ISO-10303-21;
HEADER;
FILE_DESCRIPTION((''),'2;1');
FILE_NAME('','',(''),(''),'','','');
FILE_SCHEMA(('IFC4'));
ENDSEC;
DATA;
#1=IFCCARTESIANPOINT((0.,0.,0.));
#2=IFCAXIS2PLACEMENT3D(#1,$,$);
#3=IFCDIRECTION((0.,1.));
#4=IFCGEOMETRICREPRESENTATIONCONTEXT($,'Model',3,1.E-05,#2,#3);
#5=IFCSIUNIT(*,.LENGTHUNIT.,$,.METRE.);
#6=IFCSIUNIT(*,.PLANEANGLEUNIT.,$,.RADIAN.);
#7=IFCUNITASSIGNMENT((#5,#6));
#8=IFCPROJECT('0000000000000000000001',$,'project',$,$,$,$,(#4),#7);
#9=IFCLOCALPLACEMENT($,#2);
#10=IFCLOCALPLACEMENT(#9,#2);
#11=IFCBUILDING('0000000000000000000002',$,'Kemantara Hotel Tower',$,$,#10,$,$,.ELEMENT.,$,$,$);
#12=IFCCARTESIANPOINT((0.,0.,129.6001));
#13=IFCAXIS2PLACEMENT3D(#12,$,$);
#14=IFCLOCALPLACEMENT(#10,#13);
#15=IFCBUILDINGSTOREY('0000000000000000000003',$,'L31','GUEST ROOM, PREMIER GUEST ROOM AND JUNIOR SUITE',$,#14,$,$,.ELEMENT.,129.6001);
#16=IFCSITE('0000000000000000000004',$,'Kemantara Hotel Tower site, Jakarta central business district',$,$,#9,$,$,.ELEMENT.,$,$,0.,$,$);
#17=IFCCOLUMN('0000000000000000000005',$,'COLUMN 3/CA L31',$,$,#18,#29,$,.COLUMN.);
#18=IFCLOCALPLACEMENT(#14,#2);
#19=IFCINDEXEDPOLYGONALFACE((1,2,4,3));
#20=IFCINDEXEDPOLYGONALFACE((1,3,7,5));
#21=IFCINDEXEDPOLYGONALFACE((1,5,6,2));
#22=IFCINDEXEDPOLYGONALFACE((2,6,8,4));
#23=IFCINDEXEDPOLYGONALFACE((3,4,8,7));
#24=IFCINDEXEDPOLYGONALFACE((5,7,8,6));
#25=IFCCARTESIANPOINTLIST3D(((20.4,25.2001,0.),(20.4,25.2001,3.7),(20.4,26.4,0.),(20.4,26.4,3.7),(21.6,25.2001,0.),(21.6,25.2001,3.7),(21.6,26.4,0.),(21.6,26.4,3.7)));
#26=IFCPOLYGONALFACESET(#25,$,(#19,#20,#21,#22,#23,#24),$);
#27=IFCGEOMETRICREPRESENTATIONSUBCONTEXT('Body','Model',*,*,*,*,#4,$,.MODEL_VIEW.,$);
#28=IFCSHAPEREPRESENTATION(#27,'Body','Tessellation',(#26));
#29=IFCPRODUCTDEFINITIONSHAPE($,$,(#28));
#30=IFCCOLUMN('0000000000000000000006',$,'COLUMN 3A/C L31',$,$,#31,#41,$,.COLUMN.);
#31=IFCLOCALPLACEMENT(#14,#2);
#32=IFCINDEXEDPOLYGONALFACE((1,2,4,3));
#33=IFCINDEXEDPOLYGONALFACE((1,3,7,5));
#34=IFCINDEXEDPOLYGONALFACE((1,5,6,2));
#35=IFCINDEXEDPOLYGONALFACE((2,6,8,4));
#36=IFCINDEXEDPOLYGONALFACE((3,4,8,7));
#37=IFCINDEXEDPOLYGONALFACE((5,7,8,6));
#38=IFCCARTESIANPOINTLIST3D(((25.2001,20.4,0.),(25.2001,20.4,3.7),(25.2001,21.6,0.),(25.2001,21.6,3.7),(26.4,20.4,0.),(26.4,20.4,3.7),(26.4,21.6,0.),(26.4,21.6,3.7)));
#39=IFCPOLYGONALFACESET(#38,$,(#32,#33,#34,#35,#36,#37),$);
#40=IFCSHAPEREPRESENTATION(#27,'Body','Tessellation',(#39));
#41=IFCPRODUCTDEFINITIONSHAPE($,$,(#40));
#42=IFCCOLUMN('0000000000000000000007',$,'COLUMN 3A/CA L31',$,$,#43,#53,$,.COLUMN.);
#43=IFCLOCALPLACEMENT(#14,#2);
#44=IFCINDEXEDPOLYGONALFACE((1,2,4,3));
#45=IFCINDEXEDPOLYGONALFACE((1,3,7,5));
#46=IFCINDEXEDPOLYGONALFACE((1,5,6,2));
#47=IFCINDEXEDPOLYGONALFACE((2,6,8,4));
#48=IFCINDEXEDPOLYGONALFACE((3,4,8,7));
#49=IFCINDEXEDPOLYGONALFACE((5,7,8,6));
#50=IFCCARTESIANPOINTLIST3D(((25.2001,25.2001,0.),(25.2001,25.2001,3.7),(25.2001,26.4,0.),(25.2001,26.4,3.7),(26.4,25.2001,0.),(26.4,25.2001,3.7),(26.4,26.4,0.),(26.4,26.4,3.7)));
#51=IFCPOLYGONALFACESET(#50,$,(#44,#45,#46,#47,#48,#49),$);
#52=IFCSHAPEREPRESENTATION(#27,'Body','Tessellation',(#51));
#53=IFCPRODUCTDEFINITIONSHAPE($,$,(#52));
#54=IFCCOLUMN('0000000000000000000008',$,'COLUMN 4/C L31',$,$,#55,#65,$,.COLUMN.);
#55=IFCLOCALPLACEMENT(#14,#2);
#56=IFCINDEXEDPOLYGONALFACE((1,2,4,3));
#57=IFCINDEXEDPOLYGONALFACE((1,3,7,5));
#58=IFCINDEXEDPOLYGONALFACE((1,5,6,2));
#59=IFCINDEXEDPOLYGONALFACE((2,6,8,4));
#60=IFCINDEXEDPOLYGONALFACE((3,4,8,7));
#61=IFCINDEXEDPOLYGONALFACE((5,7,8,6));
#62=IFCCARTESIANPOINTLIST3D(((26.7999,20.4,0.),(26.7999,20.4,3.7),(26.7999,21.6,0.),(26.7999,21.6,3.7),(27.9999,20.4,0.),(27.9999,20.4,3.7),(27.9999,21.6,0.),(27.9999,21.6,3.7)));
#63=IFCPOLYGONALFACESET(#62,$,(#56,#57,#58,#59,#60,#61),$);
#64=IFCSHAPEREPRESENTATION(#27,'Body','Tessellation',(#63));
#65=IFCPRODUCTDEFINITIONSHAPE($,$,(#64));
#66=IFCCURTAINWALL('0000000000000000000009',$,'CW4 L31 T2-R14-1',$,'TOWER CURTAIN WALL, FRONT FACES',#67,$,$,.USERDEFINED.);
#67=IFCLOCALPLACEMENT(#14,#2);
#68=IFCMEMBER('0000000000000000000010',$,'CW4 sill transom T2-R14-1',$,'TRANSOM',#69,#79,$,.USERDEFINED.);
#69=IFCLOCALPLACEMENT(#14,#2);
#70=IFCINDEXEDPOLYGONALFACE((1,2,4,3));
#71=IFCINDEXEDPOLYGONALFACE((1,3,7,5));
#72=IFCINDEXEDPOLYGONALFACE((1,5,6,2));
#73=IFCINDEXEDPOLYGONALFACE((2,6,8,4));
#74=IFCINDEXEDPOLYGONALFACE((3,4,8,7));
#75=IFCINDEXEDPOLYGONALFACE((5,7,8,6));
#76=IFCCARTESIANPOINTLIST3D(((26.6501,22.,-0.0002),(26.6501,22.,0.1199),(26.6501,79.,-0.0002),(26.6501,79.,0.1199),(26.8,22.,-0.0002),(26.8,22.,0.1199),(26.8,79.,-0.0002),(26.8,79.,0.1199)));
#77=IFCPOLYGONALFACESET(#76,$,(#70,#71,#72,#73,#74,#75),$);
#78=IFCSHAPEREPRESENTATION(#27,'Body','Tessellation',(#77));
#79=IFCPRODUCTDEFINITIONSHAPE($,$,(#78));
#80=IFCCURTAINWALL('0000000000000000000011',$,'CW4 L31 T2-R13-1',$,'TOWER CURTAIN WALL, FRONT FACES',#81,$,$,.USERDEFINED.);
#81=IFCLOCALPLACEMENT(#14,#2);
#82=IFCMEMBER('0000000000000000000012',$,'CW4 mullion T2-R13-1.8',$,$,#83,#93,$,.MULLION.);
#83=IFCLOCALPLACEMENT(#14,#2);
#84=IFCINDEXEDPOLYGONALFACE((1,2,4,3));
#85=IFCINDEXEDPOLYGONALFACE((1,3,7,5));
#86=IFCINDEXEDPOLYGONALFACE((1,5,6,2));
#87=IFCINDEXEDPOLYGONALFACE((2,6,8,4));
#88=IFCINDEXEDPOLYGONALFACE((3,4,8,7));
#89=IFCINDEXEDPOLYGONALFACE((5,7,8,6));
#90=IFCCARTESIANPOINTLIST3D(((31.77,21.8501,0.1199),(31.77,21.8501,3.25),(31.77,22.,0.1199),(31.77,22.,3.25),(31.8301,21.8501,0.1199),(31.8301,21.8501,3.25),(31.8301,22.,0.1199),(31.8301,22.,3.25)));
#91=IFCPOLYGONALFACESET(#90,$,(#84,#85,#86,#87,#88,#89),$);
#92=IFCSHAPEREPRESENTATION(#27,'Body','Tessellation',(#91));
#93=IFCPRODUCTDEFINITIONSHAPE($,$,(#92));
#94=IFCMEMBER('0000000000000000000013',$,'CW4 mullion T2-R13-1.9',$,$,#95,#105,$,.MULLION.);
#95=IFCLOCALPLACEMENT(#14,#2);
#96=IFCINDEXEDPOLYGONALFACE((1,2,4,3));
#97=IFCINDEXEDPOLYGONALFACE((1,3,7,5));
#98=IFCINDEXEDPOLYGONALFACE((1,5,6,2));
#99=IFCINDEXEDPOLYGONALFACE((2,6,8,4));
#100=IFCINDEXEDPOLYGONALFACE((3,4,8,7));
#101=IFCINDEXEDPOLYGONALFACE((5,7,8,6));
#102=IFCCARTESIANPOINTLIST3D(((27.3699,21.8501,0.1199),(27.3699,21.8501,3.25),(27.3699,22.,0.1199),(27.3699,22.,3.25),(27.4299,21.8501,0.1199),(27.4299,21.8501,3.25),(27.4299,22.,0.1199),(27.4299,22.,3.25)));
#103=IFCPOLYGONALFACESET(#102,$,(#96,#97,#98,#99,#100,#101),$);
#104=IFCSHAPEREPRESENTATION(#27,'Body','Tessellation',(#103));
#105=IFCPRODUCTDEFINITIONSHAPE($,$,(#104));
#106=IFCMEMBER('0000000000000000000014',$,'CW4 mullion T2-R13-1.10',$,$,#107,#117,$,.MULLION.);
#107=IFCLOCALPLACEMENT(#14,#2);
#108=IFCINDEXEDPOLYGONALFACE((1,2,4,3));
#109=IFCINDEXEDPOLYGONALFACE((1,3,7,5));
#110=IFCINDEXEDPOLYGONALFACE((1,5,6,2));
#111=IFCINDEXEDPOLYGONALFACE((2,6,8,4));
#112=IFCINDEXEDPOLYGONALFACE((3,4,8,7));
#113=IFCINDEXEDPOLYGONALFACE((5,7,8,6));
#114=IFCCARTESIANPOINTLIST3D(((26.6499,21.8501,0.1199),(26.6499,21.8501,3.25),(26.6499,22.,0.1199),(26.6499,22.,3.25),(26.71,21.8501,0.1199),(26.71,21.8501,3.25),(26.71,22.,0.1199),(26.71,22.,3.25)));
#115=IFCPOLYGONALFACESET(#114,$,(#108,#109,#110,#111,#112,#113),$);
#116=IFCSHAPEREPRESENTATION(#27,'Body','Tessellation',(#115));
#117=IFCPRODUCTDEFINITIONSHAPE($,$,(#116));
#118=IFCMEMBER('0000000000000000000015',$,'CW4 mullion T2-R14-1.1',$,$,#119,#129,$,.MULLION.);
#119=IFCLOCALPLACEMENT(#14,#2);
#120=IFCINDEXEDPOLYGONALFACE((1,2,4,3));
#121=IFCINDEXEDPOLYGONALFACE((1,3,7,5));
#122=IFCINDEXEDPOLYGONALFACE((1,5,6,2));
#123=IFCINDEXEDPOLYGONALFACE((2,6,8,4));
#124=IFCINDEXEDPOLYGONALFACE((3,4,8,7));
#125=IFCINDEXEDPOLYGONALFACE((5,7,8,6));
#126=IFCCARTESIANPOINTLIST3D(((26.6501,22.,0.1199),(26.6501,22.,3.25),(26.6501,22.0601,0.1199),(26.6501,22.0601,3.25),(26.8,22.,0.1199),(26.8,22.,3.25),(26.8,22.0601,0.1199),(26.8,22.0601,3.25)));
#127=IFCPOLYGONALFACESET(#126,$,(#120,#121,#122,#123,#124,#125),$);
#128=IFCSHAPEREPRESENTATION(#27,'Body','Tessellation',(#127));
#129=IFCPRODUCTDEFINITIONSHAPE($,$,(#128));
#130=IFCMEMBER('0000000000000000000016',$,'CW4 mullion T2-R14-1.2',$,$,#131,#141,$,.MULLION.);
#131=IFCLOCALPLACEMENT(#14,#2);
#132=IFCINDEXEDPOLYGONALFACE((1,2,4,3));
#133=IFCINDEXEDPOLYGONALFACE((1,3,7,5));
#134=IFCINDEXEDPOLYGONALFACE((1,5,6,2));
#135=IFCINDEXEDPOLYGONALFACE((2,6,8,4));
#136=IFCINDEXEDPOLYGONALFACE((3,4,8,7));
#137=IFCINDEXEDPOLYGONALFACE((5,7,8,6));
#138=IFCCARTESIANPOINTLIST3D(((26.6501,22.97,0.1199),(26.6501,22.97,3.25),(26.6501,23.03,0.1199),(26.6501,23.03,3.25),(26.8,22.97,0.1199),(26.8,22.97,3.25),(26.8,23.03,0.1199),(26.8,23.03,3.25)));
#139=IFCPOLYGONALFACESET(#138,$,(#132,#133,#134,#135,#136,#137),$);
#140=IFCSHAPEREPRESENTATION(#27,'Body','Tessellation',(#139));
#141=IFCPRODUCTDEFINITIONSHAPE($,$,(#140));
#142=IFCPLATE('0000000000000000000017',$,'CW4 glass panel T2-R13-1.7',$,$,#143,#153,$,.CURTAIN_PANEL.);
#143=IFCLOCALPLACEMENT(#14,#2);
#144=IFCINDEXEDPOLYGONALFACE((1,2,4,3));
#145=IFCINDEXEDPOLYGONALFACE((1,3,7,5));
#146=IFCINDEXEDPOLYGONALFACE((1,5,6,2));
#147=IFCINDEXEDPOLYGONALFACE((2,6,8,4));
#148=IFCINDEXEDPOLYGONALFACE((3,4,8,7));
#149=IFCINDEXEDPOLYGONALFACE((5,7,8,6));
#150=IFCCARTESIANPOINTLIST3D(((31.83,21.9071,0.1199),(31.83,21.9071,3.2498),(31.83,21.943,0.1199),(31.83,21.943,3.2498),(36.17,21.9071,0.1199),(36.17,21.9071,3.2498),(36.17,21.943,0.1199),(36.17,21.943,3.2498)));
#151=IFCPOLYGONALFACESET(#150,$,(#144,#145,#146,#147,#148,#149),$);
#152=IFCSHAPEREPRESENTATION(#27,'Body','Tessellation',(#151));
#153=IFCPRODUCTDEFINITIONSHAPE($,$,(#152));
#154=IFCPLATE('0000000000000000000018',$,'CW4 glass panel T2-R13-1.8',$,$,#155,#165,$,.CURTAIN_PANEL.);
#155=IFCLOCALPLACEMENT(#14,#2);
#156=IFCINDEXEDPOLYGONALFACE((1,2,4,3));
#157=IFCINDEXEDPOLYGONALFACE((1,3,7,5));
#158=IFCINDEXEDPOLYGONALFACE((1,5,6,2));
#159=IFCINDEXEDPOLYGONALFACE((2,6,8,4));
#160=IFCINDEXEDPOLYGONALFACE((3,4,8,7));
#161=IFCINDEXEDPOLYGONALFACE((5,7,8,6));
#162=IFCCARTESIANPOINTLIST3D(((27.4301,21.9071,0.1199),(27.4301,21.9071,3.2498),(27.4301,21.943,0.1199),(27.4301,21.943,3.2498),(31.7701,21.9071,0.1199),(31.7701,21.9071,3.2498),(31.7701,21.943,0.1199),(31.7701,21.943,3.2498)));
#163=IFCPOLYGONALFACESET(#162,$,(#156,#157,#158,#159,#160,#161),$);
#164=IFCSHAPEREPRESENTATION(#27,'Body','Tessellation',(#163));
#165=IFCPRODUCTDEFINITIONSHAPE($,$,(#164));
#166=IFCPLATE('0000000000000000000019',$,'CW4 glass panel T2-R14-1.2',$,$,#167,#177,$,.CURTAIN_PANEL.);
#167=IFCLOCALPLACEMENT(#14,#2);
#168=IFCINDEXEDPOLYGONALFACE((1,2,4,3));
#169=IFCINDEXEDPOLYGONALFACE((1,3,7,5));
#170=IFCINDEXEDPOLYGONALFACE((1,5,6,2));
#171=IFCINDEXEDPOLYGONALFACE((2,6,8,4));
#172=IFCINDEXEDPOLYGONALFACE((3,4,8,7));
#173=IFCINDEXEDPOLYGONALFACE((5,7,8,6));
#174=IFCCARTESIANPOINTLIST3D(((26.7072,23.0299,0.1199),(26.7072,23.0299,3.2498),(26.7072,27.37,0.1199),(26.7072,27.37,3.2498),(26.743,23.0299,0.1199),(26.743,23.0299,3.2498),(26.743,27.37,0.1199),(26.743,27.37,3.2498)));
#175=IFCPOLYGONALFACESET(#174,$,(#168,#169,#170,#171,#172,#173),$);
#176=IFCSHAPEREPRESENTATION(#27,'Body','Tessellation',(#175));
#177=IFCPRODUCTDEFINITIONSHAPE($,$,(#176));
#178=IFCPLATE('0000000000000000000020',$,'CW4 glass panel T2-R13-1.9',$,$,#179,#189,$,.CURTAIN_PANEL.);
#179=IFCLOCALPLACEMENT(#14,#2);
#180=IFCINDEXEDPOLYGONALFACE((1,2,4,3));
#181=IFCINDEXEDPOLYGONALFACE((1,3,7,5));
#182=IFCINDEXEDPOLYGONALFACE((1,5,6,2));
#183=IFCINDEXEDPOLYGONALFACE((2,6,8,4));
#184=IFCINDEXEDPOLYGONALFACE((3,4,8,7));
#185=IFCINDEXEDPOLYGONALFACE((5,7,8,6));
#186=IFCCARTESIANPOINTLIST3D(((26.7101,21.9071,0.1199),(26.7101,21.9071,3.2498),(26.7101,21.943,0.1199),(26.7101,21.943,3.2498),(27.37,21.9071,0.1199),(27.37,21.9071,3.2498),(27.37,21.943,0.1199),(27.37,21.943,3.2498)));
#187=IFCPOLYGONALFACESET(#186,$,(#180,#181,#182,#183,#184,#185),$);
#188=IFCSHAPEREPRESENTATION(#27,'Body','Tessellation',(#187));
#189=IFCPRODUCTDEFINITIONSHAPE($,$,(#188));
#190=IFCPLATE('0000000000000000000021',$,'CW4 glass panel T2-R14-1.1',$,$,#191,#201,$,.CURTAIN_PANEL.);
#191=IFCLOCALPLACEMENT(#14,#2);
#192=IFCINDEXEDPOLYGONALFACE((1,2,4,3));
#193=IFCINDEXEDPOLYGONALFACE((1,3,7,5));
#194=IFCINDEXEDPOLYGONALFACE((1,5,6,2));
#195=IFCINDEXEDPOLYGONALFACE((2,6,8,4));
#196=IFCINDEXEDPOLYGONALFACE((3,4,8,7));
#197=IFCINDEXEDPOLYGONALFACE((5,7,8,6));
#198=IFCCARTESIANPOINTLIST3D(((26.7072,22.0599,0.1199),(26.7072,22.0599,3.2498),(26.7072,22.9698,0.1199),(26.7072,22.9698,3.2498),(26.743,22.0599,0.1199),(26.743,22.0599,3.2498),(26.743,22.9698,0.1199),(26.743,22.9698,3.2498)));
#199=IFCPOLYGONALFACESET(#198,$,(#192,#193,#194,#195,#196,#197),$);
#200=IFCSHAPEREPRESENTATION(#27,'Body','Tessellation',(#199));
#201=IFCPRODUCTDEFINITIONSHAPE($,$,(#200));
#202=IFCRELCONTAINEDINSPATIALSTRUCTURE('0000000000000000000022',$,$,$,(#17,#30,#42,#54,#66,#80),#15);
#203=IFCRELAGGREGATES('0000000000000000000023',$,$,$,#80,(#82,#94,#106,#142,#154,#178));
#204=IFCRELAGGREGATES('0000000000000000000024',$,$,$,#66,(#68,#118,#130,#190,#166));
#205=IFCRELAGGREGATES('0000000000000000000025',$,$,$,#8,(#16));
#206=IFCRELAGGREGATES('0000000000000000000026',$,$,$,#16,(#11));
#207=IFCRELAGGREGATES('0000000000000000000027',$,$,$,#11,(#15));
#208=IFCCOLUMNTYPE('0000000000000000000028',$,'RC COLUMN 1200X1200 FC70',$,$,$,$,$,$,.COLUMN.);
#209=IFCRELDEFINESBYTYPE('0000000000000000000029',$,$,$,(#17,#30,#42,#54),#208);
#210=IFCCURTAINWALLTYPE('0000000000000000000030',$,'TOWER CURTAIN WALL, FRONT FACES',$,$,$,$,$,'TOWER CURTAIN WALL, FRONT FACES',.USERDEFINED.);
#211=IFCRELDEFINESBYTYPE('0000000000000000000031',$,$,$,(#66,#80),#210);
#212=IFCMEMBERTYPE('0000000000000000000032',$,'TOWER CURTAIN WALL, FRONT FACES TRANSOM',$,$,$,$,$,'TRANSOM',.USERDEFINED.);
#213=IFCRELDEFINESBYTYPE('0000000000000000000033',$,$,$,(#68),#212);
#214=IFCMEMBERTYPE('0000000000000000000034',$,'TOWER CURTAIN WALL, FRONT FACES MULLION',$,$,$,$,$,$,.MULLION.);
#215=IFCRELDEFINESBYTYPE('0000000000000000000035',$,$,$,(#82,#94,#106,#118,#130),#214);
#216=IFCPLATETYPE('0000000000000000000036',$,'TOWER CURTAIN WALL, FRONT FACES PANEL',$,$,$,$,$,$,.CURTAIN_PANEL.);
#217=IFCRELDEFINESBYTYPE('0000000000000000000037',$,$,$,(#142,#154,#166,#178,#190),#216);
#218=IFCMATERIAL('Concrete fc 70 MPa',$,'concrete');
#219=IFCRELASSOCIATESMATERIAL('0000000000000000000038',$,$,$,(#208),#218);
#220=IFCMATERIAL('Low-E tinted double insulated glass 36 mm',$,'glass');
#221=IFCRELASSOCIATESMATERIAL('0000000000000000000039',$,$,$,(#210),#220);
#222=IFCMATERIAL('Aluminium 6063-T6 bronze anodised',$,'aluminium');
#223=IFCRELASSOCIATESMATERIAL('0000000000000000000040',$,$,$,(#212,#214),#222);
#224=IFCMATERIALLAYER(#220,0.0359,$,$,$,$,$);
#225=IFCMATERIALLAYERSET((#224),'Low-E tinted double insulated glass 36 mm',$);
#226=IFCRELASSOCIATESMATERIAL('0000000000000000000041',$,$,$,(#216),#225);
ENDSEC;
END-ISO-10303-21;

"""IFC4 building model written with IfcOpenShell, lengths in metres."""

from ifc_helpers import new_model, si_unit, direction, frame, origin, origin_2d, place, context, subcontext, project, spatial, rectangle, extrude, source, transform, mapped, material, layer, layer_set, material_profile, profile_set, type_object, element, aggregate, save


model = new_model("IFC4")

# Units and contexts
model_context = context("Model", 3, precision=1e-05, world=origin(), true_north=direction((0.0, 1.0)))
body_context = subcontext(model_context, "Body", "Model", "MODEL_VIEW")
ifc_project = project(units=[si_unit("LENGTHUNIT", "METRE"), si_unit("PLANEANGLEUNIT", "RADIAN")], contexts=[model_context])

# Site, building, storey
site_placement = place(None, origin())
site = spatial("IfcSite", under=ifc_project, at=site_placement, Name="Kemantara Hotel Tower site, Jakarta central business district", CompositionType="ELEMENT", RefElevation=0.0)
building_placement = place(site_placement, origin())
building = spatial("IfcBuilding", under=site, at=building_placement, Name="Kemantara Hotel Tower", CompositionType="ELEMENT")
storey_placement = place(building_placement, frame((0.0, 0.0, 129.6001)))
storey = spatial("IfcBuildingStorey", under=building, at=storey_placement, Name="L31", Description="GUEST ROOM, PREMIER GUEST ROOM AND JUNIOR SUITE", CompositionType="ELEMENT", Elevation=129.6001)

# Columns
ifc_material_1 = material(Name="Concrete fc 70 MPa", Category="concrete")
ifc_material_profile_1 = material_profile(ifc_material_1, rectangle(XDim=1.2, YDim=1.2, at=origin_2d()), Name="RC 1200X1200")
ifc_profile_set_1 = profile_set([ifc_material_profile_1], Name="Concrete fc 70 MPa")
column_type = type_object("IfcColumnType", Name="RC COLUMN 1200X1200 FC70", PredefinedType="COLUMN", material=ifc_profile_set_1)
for number, where, z_axis, x_axis, name in (
    (1, (21.0, 25.8, 0.0), (0.0, 0.0, 1.0), (1.0, 0.0, 0.0), "COLUMN 3/CA L31"),
    (2, (25.8, 21.0, 0.0), (0.0, 0.0, 1.0), (1.0, 0.0, 0.0), "COLUMN 3A/C L31"),
    (3, (25.8, 25.8, 0.0), (0.0, 0.0, 1.0), (1.0, 0.0, 0.0), "COLUMN 3A/CA L31"),
    (4, (27.3999, 21.0, 0.0), (0.0, 0.0, 1.0), (1.0, 0.0, 0.0), "COLUMN 4/C L31"),
):
    element("IfcColumn", number, at=place(storey_placement, frame(where, z_axis=z_axis, x_axis=x_axis)), inside=storey, type_object=column_type, Name=name, PredefinedType="COLUMN", context=body_context, shape_type="SweptSolid", body=[
        extrude(rectangle(XDim=1.2, YDim=1.2, at=origin_2d()), origin(), (0.0, 0.0, 1.0), 3.7),
    ])

# Curtain wall, member
ifc_material_2 = material(Name="Low-E tinted double insulated glass 36 mm", Category="glass")
curtain_wall_type = type_object("IfcCurtainWallType", Name="TOWER CURTAIN WALL, FRONT FACES", ElementType="TOWER CURTAIN WALL, FRONT FACES", PredefinedType="USERDEFINED", material=ifc_material_2)
curtain_wall_1_placement = place(storey_placement, origin())
curtain_wall_1 = element("IfcCurtainWall", 5, at=curtain_wall_1_placement, inside=storey, type_object=curtain_wall_type, Name="CW4 L31 T2-R14-1", ObjectType="TOWER CURTAIN WALL, FRONT FACES", PredefinedType="USERDEFINED")
ifc_material_3 = material(Name="Aluminium 6063-T6 bronze anodised", Category="aluminium")
ifc_material_profile_2 = material_profile(ifc_material_3, rectangle(XDim=0.1499, YDim=0.1201, at=origin_2d()), Name="TOWER CURTAIN WALL, FRONT FACES TRANSOM")
ifc_profile_set_2 = profile_set([ifc_material_profile_2], Name="Aluminium 6063-T6 bronze anodised")
member_type_1 = type_object("IfcMemberType", Name="TOWER CURTAIN WALL, FRONT FACES TRANSOM", ElementType="TRANSOM", PredefinedType="USERDEFINED", material=ifc_profile_set_2)
member_1_placement = place(storey_placement, frame((26.7251, 22.0, 0.0598), z_axis=(0.0, 1.0, 0.0), x_axis=(-1.0, 0.0, 0.0)))
member_1 = element("IfcMember", 6, at=member_1_placement, type_object=member_type_1, Name="CW4 sill transom T2-R14-1", ObjectType="TRANSOM", PredefinedType="USERDEFINED", context=body_context, shape_type="SweptSolid", body=[
    extrude(rectangle(XDim=0.1499, YDim=0.1201, at=origin_2d()), origin(), (0.0, 0.0, 1.0), 57.0),
])

# Curtain wall, members
curtain_wall_2_placement = place(storey_placement, origin())
curtain_wall_2 = element("IfcCurtainWall", 7, at=curtain_wall_2_placement, inside=storey, type_object=curtain_wall_type, Name="CW4 L31 T2-R13-1", ObjectType="TOWER CURTAIN WALL, FRONT FACES", PredefinedType="USERDEFINED")
ifc_material_profile_3 = material_profile(ifc_material_3, rectangle(XDim=0.1499, YDim=0.0601, at=origin_2d()), Name="TOWER CURTAIN WALL, FRONT FACES MULLION")
ifc_profile_set_3 = profile_set([ifc_material_profile_3], Name="Aluminium 6063-T6 bronze anodised")
member_type_2 = type_object("IfcMemberType", Name="TOWER CURTAIN WALL, FRONT FACES MULLION", PredefinedType="MULLION", material=ifc_profile_set_3)
shared_shape_1 = source(origin(), body_context, "Body", "SweptSolid", [
    extrude(rectangle(XDim=0.1499, YDim=0.0601, at=origin_2d()), origin(), (0.0, 0.0, 1.0), 3.1301),
])
member_2_placement = place(storey_placement, frame((31.8, 21.925, 0.1199), z_axis=(0.0, 0.0, 1.0), x_axis=(0.0, -1.0, 0.0)))
member_2 = element("IfcMember", 8, at=member_2_placement, type_object=member_type_2, Name="CW4 mullion T2-R13-1.8", PredefinedType="MULLION", context=body_context, shape_type="MappedRepresentation", body=[
    mapped(shared_shape_1, transform((0.0, 0.0, 0.0))),
])
member_3_placement = place(storey_placement, frame((27.3999, 21.925, 0.1199), z_axis=(0.0, 0.0, 1.0), x_axis=(0.0, -1.0, 0.0)))
member_3 = element("IfcMember", 9, at=member_3_placement, type_object=member_type_2, Name="CW4 mullion T2-R13-1.9", PredefinedType="MULLION", context=body_context, shape_type="MappedRepresentation", body=[
    mapped(shared_shape_1, transform((0.0, 0.0, 0.0))),
])
member_4_placement = place(storey_placement, frame((26.6799, 21.925, 0.1199), z_axis=(0.0, 0.0, 1.0), x_axis=(0.0, -1.0, 0.0)))
member_4 = element("IfcMember", 10, at=member_4_placement, type_object=member_type_2, Name="CW4 mullion T2-R13-1.10", PredefinedType="MULLION", context=body_context, shape_type="MappedRepresentation", body=[
    mapped(shared_shape_1, transform((0.0, 0.0, 0.0))),
])

# Members
member_5_placement = place(storey_placement, frame((26.7251, 22.03, 0.1199), z_axis=(0.0, 0.0, 1.0), x_axis=(-1.0, 0.0, 0.0)))
member_5 = element("IfcMember", 11, at=member_5_placement, type_object=member_type_2, Name="CW4 mullion T2-R14-1.1", PredefinedType="MULLION", context=body_context, shape_type="MappedRepresentation", body=[
    mapped(shared_shape_1, transform((0.0, 0.0, 0.0))),
])
member_6_placement = place(storey_placement, frame((26.7251, 23.0, 0.1199), z_axis=(0.0, 0.0, 1.0), x_axis=(-1.0, 0.0, 0.0)))
member_6 = element("IfcMember", 12, at=member_6_placement, type_object=member_type_2, Name="CW4 mullion T2-R14-1.2", PredefinedType="MULLION", context=body_context, shape_type="MappedRepresentation", body=[
    mapped(shared_shape_1, transform((0.0, 0.0, 0.0))),
])

# Plates
ifc_layer_1 = layer(ifc_material_2, 0.0359)
ifc_layer_set_1 = layer_set([ifc_layer_1], Name="Low-E tinted double insulated glass 36 mm")
plate_type = type_object("IfcPlateType", Name="TOWER CURTAIN WALL, FRONT FACES PANEL", PredefinedType="CURTAIN_PANEL", material=ifc_layer_set_1)
shared_shape_2 = source(origin(), body_context, "Body", "SweptSolid", [
    extrude(rectangle(XDim=4.3401, YDim=0.0359, at=origin_2d()), origin(), (0.0, 0.0, 1.0), 3.1299),
])
plate_1_placement = place(storey_placement, frame((34.0, 21.925, 0.1199), z_axis=(0.0, 0.0, 1.0), x_axis=(-1.0, 0.0, 0.0)))
plate_1 = element("IfcPlate", 13, at=plate_1_placement, type_object=plate_type, Name="CW4 glass panel T2-R13-1.7", PredefinedType="CURTAIN_PANEL", context=body_context, shape_type="MappedRepresentation", body=[
    mapped(shared_shape_2, transform((0.0, 0.0, 0.0))),
])
plate_2_placement = place(storey_placement, frame((29.6001, 21.925, 0.1199), z_axis=(0.0, 0.0, 1.0), x_axis=(-1.0, 0.0, 0.0)))
plate_2 = element("IfcPlate", 14, at=plate_2_placement, type_object=plate_type, Name="CW4 glass panel T2-R13-1.8", PredefinedType="CURTAIN_PANEL", context=body_context, shape_type="MappedRepresentation", body=[
    mapped(shared_shape_2, transform((0.0, 0.0, 0.0))),
])
plate_3_placement = place(storey_placement, frame((26.7251, 25.2, 0.1199), z_axis=(0.0, 0.0, 1.0), x_axis=(0.0, 1.0, 0.0)))
plate_3 = element("IfcPlate", 15, at=plate_3_placement, type_object=plate_type, Name="CW4 glass panel T2-R14-1.2", PredefinedType="CURTAIN_PANEL", context=body_context, shape_type="MappedRepresentation", body=[
    mapped(shared_shape_2, transform((0.0, 0.0, 0.0))),
])
shared_shape_3 = source(origin(), body_context, "Body", "SweptSolid", [
    extrude(rectangle(XDim=0.6599, YDim=0.0359, at=origin_2d()), origin(), (0.0, 0.0, 1.0), 3.1299),
])
plate_4_placement = place(storey_placement, frame((27.04, 21.925, 0.1199), z_axis=(0.0, 0.0, 1.0), x_axis=(-1.0, 0.0, 0.0)))
plate_4 = element("IfcPlate", 16, at=plate_4_placement, type_object=plate_type, Name="CW4 glass panel T2-R13-1.9", PredefinedType="CURTAIN_PANEL", context=body_context, shape_type="MappedRepresentation", body=[
    mapped(shared_shape_3, transform((0.0, 0.0, 0.0))),
])
aggregate(curtain_wall_2, [member_2, member_3, member_4, plate_1, plate_2, plate_4])
shared_shape_4 = source(origin(), body_context, "Body", "SweptSolid", [
    extrude(rectangle(XDim=0.9099, YDim=0.0359, at=origin_2d()), origin(), (0.0, 0.0, 1.0), 3.1299),
])
plate_5_placement = place(storey_placement, frame((26.7251, 22.5149, 0.1199), z_axis=(0.0, 0.0, 1.0), x_axis=(0.0, 1.0, 0.0)))
plate_5 = element("IfcPlate", 17, at=plate_5_placement, type_object=plate_type, Name="CW4 glass panel T2-R14-1.1", PredefinedType="CURTAIN_PANEL", context=body_context, shape_type="MappedRepresentation", body=[
    mapped(shared_shape_4, transform((0.0, 0.0, 0.0))),
])
aggregate(curtain_wall_1, [member_1, member_5, member_6, plate_5, plate_3])

save(model, "model.ifc")
